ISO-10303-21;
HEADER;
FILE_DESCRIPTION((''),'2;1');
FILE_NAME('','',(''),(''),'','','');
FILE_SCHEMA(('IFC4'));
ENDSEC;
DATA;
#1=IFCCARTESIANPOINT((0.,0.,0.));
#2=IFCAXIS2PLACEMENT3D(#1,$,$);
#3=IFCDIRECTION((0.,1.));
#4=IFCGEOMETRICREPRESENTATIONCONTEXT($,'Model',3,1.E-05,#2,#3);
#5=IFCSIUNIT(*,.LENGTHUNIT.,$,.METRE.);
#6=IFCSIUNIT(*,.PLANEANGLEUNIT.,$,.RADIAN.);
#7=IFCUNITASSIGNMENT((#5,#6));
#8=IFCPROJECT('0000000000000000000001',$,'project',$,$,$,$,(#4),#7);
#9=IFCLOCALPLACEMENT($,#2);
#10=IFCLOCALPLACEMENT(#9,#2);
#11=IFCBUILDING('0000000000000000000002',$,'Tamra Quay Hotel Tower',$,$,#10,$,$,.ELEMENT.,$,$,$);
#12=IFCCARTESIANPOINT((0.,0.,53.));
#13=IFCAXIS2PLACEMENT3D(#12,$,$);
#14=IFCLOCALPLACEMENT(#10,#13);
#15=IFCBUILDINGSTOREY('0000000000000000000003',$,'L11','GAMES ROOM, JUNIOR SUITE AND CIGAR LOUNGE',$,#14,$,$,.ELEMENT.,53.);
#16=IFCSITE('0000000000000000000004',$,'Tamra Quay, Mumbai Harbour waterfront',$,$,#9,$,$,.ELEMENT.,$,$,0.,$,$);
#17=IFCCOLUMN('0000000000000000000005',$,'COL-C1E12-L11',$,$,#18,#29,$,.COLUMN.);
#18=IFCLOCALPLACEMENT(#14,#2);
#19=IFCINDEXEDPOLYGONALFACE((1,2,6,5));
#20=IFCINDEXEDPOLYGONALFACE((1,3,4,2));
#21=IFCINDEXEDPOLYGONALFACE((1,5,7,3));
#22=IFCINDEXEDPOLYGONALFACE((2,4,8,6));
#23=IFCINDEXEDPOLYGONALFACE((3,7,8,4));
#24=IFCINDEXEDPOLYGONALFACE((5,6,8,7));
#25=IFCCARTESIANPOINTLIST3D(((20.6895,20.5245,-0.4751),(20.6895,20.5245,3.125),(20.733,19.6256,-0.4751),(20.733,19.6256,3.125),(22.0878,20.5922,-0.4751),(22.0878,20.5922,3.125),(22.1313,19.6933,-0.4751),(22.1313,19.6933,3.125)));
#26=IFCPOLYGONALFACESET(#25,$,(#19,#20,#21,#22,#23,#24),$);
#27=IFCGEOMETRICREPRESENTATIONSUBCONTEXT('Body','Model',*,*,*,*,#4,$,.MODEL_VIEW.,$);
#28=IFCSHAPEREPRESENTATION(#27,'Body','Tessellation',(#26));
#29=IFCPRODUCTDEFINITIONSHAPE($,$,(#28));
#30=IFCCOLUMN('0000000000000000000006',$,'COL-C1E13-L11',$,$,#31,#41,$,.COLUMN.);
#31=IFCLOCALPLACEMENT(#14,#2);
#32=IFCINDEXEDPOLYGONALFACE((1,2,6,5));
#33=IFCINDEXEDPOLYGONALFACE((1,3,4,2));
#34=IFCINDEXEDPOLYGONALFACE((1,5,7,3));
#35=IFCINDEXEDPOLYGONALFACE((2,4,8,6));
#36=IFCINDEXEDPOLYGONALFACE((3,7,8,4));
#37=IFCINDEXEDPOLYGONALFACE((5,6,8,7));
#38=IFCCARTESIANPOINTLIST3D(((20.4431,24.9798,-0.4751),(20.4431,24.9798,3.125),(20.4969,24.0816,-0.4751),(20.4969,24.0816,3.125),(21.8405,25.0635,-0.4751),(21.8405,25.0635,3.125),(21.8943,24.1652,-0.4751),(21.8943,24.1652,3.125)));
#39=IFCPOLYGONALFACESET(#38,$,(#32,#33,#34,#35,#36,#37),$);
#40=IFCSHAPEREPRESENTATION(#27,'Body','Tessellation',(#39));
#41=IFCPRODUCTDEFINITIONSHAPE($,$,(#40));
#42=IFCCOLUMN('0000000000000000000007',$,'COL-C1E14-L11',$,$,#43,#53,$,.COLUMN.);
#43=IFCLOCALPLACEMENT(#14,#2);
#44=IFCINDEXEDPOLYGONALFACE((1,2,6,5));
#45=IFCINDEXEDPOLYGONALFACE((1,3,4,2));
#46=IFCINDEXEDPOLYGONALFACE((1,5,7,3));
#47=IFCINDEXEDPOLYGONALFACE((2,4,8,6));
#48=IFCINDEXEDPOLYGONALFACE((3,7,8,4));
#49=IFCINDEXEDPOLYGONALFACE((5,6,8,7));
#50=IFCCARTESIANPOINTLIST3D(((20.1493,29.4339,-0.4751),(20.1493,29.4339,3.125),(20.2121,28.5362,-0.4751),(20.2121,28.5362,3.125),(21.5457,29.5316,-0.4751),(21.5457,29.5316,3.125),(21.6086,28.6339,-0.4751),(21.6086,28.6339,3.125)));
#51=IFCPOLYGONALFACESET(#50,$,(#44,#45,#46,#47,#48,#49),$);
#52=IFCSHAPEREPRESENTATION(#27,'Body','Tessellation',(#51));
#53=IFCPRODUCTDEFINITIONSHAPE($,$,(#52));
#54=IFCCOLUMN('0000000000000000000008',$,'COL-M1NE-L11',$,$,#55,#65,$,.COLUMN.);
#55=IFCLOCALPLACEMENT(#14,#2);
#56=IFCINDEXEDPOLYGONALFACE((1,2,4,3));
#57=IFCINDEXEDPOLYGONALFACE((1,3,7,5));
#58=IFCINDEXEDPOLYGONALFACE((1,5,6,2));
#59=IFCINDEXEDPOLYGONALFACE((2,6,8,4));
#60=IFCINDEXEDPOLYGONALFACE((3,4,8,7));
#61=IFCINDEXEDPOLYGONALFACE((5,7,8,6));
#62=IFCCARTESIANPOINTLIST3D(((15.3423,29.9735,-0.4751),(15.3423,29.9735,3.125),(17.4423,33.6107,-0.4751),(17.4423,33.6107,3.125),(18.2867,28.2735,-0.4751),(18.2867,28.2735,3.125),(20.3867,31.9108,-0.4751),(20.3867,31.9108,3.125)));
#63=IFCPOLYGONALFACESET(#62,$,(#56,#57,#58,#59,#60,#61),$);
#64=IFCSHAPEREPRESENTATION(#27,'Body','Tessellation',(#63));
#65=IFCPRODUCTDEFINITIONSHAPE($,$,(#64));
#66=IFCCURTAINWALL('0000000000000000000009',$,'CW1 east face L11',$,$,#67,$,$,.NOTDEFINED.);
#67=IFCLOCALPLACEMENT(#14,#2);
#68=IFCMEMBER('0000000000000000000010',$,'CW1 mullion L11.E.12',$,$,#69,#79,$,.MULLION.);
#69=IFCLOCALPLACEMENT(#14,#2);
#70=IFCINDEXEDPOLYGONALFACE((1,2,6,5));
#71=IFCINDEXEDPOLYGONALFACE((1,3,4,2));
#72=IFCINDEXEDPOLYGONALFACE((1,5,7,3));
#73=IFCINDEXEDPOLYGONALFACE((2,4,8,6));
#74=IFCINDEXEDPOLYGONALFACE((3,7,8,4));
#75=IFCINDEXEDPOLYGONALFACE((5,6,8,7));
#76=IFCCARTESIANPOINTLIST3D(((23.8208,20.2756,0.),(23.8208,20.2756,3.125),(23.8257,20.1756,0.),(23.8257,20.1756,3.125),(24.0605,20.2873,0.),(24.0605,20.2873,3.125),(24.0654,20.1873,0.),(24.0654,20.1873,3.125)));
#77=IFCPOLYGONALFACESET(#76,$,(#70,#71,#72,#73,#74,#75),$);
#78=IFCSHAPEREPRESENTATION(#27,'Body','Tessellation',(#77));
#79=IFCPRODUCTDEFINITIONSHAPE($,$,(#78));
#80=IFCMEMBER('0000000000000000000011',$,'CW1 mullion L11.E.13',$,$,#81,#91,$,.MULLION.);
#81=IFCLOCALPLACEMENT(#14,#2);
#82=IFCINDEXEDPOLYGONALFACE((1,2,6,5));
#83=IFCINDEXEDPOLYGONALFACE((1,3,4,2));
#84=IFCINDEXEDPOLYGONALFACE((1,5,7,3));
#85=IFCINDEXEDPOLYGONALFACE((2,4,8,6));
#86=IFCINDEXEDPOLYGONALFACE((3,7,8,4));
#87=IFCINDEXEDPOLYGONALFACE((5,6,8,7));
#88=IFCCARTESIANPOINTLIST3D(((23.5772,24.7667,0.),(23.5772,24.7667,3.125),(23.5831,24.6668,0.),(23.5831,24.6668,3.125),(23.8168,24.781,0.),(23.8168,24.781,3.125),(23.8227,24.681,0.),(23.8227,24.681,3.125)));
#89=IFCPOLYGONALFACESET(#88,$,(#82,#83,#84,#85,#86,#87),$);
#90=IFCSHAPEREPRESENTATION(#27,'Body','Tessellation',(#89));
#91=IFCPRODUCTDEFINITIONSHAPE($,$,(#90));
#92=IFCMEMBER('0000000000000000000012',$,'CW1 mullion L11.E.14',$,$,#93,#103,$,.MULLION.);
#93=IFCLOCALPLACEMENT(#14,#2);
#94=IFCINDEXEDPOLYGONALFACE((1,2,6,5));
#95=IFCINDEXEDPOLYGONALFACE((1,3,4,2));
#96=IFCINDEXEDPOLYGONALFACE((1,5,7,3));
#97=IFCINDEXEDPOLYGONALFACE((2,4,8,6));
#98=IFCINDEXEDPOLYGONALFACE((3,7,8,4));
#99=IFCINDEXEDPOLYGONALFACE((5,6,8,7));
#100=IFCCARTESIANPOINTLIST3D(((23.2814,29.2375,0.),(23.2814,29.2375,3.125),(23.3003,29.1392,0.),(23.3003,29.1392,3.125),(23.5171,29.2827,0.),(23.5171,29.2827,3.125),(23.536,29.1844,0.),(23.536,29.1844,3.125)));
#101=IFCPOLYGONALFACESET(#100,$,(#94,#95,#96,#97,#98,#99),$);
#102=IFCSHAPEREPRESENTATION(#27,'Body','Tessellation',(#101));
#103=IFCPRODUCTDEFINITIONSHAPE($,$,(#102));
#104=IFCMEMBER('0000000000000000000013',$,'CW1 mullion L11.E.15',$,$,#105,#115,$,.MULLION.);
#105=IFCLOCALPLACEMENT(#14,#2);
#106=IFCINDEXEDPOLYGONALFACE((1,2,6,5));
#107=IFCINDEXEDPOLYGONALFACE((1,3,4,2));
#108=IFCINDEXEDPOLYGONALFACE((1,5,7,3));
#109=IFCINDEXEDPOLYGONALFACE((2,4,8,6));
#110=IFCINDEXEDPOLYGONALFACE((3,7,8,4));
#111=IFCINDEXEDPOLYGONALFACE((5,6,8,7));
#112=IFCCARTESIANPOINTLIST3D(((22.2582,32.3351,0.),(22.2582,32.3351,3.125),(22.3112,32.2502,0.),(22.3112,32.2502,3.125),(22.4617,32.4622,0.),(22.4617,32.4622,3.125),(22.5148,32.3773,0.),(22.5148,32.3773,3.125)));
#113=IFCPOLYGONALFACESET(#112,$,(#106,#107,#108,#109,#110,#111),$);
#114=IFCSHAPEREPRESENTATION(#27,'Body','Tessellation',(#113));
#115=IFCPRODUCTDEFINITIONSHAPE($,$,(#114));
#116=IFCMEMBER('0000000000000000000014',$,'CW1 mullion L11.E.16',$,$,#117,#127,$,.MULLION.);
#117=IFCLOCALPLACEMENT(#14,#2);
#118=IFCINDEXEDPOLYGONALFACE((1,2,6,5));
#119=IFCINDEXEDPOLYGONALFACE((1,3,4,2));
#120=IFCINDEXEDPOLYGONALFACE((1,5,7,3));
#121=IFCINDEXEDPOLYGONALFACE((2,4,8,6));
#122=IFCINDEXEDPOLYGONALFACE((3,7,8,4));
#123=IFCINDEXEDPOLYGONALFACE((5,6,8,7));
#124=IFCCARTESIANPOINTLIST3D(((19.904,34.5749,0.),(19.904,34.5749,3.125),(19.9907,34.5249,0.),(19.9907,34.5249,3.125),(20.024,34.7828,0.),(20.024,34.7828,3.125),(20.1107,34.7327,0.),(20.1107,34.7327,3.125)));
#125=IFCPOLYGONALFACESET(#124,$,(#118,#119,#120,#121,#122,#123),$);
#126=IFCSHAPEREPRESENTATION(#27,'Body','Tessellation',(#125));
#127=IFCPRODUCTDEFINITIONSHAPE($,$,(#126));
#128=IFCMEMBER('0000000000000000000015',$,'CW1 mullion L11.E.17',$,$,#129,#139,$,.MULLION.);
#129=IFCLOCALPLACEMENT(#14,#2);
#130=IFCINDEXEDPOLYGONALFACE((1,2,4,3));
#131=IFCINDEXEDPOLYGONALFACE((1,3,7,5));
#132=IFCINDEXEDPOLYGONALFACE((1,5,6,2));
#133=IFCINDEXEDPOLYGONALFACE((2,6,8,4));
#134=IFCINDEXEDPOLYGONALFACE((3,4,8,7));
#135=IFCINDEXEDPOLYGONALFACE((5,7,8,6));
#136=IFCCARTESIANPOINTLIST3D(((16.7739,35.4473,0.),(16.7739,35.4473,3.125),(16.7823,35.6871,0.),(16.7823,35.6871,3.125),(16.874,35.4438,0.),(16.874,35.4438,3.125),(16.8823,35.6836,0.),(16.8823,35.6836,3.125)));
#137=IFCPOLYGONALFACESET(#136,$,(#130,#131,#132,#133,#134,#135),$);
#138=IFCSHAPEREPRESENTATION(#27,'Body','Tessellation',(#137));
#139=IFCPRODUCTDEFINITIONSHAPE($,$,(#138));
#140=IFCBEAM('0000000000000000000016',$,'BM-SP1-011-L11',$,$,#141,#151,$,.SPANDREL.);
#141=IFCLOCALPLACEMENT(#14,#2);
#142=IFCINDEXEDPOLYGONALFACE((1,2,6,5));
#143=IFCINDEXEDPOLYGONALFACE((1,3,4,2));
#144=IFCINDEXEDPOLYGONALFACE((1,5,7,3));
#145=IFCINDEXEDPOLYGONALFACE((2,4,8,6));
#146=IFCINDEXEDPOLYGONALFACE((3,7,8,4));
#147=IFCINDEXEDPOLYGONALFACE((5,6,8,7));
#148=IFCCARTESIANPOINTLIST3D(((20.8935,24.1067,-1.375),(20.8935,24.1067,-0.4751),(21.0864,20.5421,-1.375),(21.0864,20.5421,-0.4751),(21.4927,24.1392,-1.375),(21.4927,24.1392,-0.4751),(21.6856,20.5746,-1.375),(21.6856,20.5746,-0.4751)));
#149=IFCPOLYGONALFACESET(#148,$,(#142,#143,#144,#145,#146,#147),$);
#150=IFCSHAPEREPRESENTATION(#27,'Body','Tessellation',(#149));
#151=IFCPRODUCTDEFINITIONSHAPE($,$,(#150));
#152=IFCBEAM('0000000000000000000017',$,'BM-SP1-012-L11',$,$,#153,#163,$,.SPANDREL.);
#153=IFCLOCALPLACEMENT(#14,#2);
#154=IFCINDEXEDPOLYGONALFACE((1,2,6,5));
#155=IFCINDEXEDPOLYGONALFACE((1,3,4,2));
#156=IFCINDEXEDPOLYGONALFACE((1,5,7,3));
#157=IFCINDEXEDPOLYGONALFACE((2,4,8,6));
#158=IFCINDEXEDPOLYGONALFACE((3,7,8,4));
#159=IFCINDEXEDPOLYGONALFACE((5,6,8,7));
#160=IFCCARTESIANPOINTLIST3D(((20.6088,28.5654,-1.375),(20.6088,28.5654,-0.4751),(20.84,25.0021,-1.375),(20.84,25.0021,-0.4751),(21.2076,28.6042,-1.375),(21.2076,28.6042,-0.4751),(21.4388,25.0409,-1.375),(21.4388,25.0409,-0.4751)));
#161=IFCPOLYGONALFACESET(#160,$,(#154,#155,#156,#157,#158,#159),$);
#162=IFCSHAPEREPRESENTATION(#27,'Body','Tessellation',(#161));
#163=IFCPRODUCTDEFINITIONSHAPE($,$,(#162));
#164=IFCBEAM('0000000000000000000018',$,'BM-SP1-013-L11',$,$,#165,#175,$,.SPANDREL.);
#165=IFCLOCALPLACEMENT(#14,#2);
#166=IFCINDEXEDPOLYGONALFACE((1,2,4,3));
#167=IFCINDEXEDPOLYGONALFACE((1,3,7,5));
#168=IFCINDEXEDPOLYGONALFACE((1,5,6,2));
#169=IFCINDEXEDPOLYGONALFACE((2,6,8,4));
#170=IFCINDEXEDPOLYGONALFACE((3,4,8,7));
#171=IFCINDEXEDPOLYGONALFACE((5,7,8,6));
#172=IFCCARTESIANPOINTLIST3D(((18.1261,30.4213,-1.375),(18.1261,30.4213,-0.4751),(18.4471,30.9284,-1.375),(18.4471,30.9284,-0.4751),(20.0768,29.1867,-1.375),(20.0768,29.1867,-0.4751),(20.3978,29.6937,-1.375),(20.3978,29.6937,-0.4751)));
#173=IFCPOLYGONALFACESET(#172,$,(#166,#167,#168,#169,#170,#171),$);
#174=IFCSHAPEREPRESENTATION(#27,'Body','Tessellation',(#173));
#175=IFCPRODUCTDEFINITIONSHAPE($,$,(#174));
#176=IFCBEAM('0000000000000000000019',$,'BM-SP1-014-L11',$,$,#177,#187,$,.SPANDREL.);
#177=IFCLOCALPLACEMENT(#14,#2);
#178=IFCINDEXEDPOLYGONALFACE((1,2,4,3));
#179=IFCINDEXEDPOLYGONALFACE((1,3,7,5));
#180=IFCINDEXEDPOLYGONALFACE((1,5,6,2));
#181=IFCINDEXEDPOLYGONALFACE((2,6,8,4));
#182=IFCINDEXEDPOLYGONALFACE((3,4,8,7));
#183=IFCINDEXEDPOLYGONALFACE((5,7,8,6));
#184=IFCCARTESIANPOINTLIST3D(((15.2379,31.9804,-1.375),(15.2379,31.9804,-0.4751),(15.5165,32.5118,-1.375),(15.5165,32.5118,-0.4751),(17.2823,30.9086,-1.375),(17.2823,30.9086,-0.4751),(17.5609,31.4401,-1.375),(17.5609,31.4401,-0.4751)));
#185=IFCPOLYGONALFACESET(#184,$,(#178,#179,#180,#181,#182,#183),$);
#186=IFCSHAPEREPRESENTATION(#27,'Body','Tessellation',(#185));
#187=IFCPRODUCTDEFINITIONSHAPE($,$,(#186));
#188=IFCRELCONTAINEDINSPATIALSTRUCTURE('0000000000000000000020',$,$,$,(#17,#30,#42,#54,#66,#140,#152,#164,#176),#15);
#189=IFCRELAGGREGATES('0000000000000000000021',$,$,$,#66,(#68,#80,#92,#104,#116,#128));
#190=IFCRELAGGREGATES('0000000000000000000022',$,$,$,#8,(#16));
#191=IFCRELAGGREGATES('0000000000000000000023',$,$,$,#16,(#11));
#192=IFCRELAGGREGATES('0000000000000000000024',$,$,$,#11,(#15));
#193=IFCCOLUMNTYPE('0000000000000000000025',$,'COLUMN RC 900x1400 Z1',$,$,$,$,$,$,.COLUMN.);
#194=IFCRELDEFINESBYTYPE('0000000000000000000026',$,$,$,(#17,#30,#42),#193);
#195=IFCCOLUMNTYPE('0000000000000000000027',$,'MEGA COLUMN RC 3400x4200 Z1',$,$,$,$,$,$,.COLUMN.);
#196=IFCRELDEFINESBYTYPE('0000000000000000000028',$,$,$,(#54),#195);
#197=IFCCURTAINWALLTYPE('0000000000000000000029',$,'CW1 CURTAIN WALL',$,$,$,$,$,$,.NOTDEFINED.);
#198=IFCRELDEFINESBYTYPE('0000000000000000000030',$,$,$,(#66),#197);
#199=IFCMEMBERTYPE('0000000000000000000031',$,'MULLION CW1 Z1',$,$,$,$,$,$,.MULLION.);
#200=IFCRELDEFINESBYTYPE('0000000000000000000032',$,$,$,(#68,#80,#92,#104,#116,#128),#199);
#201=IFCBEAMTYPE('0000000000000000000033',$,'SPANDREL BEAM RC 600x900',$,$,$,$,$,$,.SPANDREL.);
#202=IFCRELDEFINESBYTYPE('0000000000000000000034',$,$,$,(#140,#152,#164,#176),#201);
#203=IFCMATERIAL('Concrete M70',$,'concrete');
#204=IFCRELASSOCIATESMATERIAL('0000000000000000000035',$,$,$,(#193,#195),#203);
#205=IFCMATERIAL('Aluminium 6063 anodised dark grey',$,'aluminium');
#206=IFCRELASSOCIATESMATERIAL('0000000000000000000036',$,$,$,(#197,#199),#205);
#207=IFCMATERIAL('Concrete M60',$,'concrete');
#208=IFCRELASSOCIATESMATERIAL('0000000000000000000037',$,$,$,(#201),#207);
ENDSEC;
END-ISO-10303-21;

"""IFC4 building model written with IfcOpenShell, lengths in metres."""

from ifc_helpers import new_model, si_unit, direction, frame, origin, origin_2d, place, context, subcontext, project, spatial, rectangle, extrude, material, material_profile, profile_set, type_object, element, aggregate, save


model = new_model("IFC4")

# Units and contexts
model_context = context("Model", 3, precision=1e-05, world=origin(), true_north=direction((0.0, 1.0)))
body_context = subcontext(model_context, "Body", "Model", "MODEL_VIEW")
ifc_project = project(units=[si_unit("LENGTHUNIT", "METRE"), si_unit("PLANEANGLEUNIT", "RADIAN")], contexts=[model_context])

# Site, building, storey
site_placement = place(None, origin())
site = spatial("IfcSite", under=ifc_project, at=site_placement, Name="Tamra Quay, Mumbai Harbour waterfront", CompositionType="ELEMENT", RefElevation=0.0)
building_placement = place(site_placement, origin())
building = spatial("IfcBuilding", under=site, at=building_placement, Name="Tamra Quay Hotel Tower", CompositionType="ELEMENT")
storey_placement = place(building_placement, frame((0.0, 0.0, 53.0)))
storey = spatial("IfcBuildingStorey", under=building, at=storey_placement, Name="L11", Description="GAMES ROOM, JUNIOR SUITE AND CIGAR LOUNGE", CompositionType="ELEMENT", Elevation=53.0)

# Columns
ifc_material_1 = material(Name="Concrete M70", Category="concrete")
ifc_material_profile_1 = material_profile(ifc_material_1, rectangle(XDim=1.3999, YDim=0.8999, at=origin_2d()), Name="COLUMN RC 900x1400 Z1")
ifc_profile_set_1 = profile_set([ifc_material_profile_1], Name="Concrete M70")
column_type_1 = type_object("IfcColumnType", Name="COLUMN RC 900x1400 Z1", PredefinedType="COLUMN", material=ifc_profile_set_1)
for number, where, z_axis, x_axis, name in (
    (1, (21.4104, 20.1089, -0.4751), (0.0, 0.0, 1.0), (0.998831, 0.048344, 0.0), "COL-C1E12-L11"),
    (2, (21.1687, 24.5725, -0.4751), (0.0, 0.0, 1.0), (0.998214, 0.059733, 0.0), "COL-C1E13-L11"),
    (3, (20.8789, 29.0339, -0.4751), (0.0, 0.0, 1.0), (0.997562, 0.06979, 0.0), "COL-C1E14-L11"),
):
    element("IfcColumn", number, at=place(storey_placement, frame(where, z_axis=z_axis, x_axis=x_axis)), inside=storey, type_object=column_type_1, Name=name, PredefinedType="COLUMN", context=body_context, shape_type="SweptSolid", body=[
        extrude(rectangle(XDim=1.3999, YDim=0.8999, at=origin_2d()), origin(), (0.0, 0.0, 1.0), 3.6001),
    ])
ifc_material_profile_2 = material_profile(ifc_material_1, rectangle(XDim=4.2, YDim=3.3999, at=origin_2d()), Name="MEGA COLUMN RC 3400x4200 Z1")
ifc_profile_set_2 = profile_set([ifc_material_profile_2], Name="Concrete M70")
column_type_2 = type_object("IfcColumnType", Name="MEGA COLUMN RC 3400x4200 Z1", PredefinedType="COLUMN", material=ifc_profile_set_2)
column_placement = place(storey_placement, frame((17.8645, 30.9421, -0.4751), z_axis=(0.0, 0.0, 1.0), x_axis=(0.5, 0.866025, 0.0)))
element("IfcColumn", 4, at=column_placement, inside=storey, type_object=column_type_2, Name="COL-M1NE-L11", PredefinedType="COLUMN", context=body_context, shape_type="SweptSolid", body=[
    extrude(rectangle(XDim=4.2, YDim=3.3999, at=origin_2d()), origin(), (0.0, 0.0, 1.0), 3.6001),
])

# Curtain wall, members
ifc_material_2 = material(Name="Aluminium 6063 anodised dark grey", Category="aluminium")
curtain_wall_type = type_object("IfcCurtainWallType", Name="CW1 CURTAIN WALL", PredefinedType="NOTDEFINED", material=ifc_material_2)
curtain_wall_placement = place(storey_placement, origin())
curtain_wall = element("IfcCurtainWall", 5, at=curtain_wall_placement, inside=storey, type_object=curtain_wall_type, Name="CW1 east face L11", PredefinedType="NOTDEFINED")
ifc_material_profile_3 = material_profile(ifc_material_2, rectangle(XDim=0.24, YDim=0.1001, at=origin_2d()), Name="MULLION 100X240")
ifc_profile_set_3 = profile_set([ifc_material_profile_3], Name="Aluminium 6063 anodised dark grey")
member_type_1 = type_object("IfcMemberType", Name="MULLION CW1 Z1", PredefinedType="MULLION", material=ifc_profile_set_3)
member_1_placement = place(storey_placement, frame((23.9431, 20.2314, 0.0), z_axis=(0.0, 0.0, 1.0), x_axis=(0.998815, 0.048674, 0.0)))
member_1 = element("IfcMember", 6, at=member_1_placement, type_object=member_type_1, Name="CW1 mullion L11.E.12", PredefinedType="MULLION", context=body_context, shape_type="SweptSolid", body=[
    extrude(rectangle(XDim=0.24, YDim=0.1001, at=origin_2d()), origin(), (0.0, 0.0, 1.0), 3.125),
])
member_2_placement = place(storey_placement, frame((23.7, 24.7239, 0.0), z_axis=(0.0, 0.0, 1.0), x_axis=(0.998232, 0.059438, 0.0)))
member_2 = element("IfcMember", 7, at=member_2_placement, type_object=member_type_1, Name="CW1 mullion L11.E.13", PredefinedType="MULLION", context=body_context, shape_type="SweptSolid", body=[
    extrude(rectangle(XDim=0.24, YDim=0.1001, at=origin_2d()), origin(), (0.0, 0.0, 1.0), 3.125),
])
member_3_placement = place(storey_placement, frame((23.4087, 29.2109, 0.0), z_axis=(0.0, 0.0, 1.0), x_axis=(0.982095, 0.188389, 0.0)))
member_3 = element("IfcMember", 8, at=member_3_placement, type_object=member_type_1, Name="CW1 mullion L11.E.14", PredefinedType="MULLION", context=body_context, shape_type="SweptSolid", body=[
    extrude(rectangle(XDim=0.24, YDim=0.1001, at=origin_2d()), origin(), (0.0, 0.0, 1.0), 3.125),
])
member_4_placement = place(storey_placement, frame((22.3865, 32.3562, 0.0), z_axis=(0.0, 0.0, 1.0), x_axis=(0.848039, 0.529933, 0.0)))
member_4 = element("IfcMember", 9, at=member_4_placement, type_object=member_type_1, Name="CW1 mullion L11.E.15", PredefinedType="MULLION", context=body_context, shape_type="SweptSolid", body=[
    extrude(rectangle(XDim=0.24, YDim=0.1001, at=origin_2d()), origin(), (0.0, 0.0, 1.0), 3.125),
])
member_5_placement = place(storey_placement, frame((20.0073, 34.6538, 0.0), z_axis=(0.0, 0.0, 1.0), x_axis=(0.5, 0.866025, 0.0)))
member_5 = element("IfcMember", 10, at=member_5_placement, type_object=member_type_1, Name="CW1 mullion L11.E.16", PredefinedType="MULLION", context=body_context, shape_type="SweptSolid", body=[
    extrude(rectangle(XDim=0.24, YDim=0.1001, at=origin_2d()), origin(), (0.0, 0.0, 1.0), 3.125),
])
member_6_placement = place(storey_placement, frame((16.8281, 35.5654, 0.0), z_axis=(0.0, 0.0, 1.0), x_axis=(0.034916, 0.99939, 0.0)))
member_6 = element("IfcMember", 11, at=member_6_placement, type_object=member_type_1, Name="CW1 mullion L11.E.17", PredefinedType="MULLION", context=body_context, shape_type="SweptSolid", body=[
    extrude(rectangle(XDim=0.24, YDim=0.1001, at=origin_2d()), origin(), (0.0, 0.0, 1.0), 3.125),
])

# Beams
ifc_material_3 = material(Name="Concrete M60", Category="concrete")
ifc_material_profile_4 = material_profile(ifc_material_3, rectangle(XDim=0.6001, YDim=0.8999, at=origin_2d()), Name="SPANDREL BEAM RC 600x900")
ifc_profile_set_4 = profile_set([ifc_material_profile_4], Name="Concrete M60")
beam_type = type_object("IfcBeamType", Name="SPANDREL BEAM RC 600x900", PredefinedType="SPANDREL", material=ifc_profile_set_4)
beam_1_placement = place(storey_placement, frame((21.386, 20.5583, -0.925), z_axis=(-0.054027, 0.998539, 0.0), x_axis=(-0.998539, -0.054027, 0.0)))
element("IfcBeam", 12, at=beam_1_placement, inside=storey, type_object=beam_type, Name="BM-SP1-011-L11", PredefinedType="SPANDREL", context=body_context, shape_type="SweptSolid", body=[
    extrude(rectangle(XDim=0.6001, YDim=0.8999, at=origin_2d()), origin(), (0.0, 0.0, 1.0), 3.5698),
])
beam_2_placement = place(storey_placement, frame((21.1394, 25.0215, -0.925), z_axis=(-0.064749, 0.997902, 0.0), x_axis=(-0.997902, -0.064749, 0.0)))
element("IfcBeam", 13, at=beam_2_placement, inside=storey, type_object=beam_type, Name="BM-SP1-012-L11", PredefinedType="SPANDREL", context=body_context, shape_type="SweptSolid", body=[
    extrude(rectangle(XDim=0.6001, YDim=0.8999, at=origin_2d()), origin(), (0.0, 0.0, 1.0), 3.5708),
])
beam_3_placement = place(storey_placement, frame((20.2373, 29.4402, -0.925), z_axis=(-0.844978, 0.5348, 0.0), x_axis=(-0.5348, -0.844978, 0.0)))
element("IfcBeam", 14, at=beam_3_placement, inside=storey, type_object=beam_type, Name="BM-SP1-013-L11", PredefinedType="SPANDREL", context=body_context, shape_type="SweptSolid", body=[
    extrude(rectangle(XDim=0.6001, YDim=0.8999, at=origin_2d()), origin(), (0.0, 0.0, 1.0), 2.3086),
])
beam_4_placement = place(storey_placement, frame((17.4216, 31.1743, -0.925), z_axis=(-0.885674, 0.464307, 0.0), x_axis=(-0.464307, -0.885674, 0.0)))
element("IfcBeam", 15, at=beam_4_placement, inside=storey, type_object=beam_type, Name="BM-SP1-014-L11", PredefinedType="SPANDREL", context=body_context, shape_type="SweptSolid", body=[
    extrude(rectangle(XDim=0.6001, YDim=0.8999, at=origin_2d()), origin(), (0.0, 0.0, 1.0), 2.3083),
])

aggregate(curtain_wall, [member_1, member_2, member_3, member_4, member_5, member_6])

save(model, "model.ifc")
